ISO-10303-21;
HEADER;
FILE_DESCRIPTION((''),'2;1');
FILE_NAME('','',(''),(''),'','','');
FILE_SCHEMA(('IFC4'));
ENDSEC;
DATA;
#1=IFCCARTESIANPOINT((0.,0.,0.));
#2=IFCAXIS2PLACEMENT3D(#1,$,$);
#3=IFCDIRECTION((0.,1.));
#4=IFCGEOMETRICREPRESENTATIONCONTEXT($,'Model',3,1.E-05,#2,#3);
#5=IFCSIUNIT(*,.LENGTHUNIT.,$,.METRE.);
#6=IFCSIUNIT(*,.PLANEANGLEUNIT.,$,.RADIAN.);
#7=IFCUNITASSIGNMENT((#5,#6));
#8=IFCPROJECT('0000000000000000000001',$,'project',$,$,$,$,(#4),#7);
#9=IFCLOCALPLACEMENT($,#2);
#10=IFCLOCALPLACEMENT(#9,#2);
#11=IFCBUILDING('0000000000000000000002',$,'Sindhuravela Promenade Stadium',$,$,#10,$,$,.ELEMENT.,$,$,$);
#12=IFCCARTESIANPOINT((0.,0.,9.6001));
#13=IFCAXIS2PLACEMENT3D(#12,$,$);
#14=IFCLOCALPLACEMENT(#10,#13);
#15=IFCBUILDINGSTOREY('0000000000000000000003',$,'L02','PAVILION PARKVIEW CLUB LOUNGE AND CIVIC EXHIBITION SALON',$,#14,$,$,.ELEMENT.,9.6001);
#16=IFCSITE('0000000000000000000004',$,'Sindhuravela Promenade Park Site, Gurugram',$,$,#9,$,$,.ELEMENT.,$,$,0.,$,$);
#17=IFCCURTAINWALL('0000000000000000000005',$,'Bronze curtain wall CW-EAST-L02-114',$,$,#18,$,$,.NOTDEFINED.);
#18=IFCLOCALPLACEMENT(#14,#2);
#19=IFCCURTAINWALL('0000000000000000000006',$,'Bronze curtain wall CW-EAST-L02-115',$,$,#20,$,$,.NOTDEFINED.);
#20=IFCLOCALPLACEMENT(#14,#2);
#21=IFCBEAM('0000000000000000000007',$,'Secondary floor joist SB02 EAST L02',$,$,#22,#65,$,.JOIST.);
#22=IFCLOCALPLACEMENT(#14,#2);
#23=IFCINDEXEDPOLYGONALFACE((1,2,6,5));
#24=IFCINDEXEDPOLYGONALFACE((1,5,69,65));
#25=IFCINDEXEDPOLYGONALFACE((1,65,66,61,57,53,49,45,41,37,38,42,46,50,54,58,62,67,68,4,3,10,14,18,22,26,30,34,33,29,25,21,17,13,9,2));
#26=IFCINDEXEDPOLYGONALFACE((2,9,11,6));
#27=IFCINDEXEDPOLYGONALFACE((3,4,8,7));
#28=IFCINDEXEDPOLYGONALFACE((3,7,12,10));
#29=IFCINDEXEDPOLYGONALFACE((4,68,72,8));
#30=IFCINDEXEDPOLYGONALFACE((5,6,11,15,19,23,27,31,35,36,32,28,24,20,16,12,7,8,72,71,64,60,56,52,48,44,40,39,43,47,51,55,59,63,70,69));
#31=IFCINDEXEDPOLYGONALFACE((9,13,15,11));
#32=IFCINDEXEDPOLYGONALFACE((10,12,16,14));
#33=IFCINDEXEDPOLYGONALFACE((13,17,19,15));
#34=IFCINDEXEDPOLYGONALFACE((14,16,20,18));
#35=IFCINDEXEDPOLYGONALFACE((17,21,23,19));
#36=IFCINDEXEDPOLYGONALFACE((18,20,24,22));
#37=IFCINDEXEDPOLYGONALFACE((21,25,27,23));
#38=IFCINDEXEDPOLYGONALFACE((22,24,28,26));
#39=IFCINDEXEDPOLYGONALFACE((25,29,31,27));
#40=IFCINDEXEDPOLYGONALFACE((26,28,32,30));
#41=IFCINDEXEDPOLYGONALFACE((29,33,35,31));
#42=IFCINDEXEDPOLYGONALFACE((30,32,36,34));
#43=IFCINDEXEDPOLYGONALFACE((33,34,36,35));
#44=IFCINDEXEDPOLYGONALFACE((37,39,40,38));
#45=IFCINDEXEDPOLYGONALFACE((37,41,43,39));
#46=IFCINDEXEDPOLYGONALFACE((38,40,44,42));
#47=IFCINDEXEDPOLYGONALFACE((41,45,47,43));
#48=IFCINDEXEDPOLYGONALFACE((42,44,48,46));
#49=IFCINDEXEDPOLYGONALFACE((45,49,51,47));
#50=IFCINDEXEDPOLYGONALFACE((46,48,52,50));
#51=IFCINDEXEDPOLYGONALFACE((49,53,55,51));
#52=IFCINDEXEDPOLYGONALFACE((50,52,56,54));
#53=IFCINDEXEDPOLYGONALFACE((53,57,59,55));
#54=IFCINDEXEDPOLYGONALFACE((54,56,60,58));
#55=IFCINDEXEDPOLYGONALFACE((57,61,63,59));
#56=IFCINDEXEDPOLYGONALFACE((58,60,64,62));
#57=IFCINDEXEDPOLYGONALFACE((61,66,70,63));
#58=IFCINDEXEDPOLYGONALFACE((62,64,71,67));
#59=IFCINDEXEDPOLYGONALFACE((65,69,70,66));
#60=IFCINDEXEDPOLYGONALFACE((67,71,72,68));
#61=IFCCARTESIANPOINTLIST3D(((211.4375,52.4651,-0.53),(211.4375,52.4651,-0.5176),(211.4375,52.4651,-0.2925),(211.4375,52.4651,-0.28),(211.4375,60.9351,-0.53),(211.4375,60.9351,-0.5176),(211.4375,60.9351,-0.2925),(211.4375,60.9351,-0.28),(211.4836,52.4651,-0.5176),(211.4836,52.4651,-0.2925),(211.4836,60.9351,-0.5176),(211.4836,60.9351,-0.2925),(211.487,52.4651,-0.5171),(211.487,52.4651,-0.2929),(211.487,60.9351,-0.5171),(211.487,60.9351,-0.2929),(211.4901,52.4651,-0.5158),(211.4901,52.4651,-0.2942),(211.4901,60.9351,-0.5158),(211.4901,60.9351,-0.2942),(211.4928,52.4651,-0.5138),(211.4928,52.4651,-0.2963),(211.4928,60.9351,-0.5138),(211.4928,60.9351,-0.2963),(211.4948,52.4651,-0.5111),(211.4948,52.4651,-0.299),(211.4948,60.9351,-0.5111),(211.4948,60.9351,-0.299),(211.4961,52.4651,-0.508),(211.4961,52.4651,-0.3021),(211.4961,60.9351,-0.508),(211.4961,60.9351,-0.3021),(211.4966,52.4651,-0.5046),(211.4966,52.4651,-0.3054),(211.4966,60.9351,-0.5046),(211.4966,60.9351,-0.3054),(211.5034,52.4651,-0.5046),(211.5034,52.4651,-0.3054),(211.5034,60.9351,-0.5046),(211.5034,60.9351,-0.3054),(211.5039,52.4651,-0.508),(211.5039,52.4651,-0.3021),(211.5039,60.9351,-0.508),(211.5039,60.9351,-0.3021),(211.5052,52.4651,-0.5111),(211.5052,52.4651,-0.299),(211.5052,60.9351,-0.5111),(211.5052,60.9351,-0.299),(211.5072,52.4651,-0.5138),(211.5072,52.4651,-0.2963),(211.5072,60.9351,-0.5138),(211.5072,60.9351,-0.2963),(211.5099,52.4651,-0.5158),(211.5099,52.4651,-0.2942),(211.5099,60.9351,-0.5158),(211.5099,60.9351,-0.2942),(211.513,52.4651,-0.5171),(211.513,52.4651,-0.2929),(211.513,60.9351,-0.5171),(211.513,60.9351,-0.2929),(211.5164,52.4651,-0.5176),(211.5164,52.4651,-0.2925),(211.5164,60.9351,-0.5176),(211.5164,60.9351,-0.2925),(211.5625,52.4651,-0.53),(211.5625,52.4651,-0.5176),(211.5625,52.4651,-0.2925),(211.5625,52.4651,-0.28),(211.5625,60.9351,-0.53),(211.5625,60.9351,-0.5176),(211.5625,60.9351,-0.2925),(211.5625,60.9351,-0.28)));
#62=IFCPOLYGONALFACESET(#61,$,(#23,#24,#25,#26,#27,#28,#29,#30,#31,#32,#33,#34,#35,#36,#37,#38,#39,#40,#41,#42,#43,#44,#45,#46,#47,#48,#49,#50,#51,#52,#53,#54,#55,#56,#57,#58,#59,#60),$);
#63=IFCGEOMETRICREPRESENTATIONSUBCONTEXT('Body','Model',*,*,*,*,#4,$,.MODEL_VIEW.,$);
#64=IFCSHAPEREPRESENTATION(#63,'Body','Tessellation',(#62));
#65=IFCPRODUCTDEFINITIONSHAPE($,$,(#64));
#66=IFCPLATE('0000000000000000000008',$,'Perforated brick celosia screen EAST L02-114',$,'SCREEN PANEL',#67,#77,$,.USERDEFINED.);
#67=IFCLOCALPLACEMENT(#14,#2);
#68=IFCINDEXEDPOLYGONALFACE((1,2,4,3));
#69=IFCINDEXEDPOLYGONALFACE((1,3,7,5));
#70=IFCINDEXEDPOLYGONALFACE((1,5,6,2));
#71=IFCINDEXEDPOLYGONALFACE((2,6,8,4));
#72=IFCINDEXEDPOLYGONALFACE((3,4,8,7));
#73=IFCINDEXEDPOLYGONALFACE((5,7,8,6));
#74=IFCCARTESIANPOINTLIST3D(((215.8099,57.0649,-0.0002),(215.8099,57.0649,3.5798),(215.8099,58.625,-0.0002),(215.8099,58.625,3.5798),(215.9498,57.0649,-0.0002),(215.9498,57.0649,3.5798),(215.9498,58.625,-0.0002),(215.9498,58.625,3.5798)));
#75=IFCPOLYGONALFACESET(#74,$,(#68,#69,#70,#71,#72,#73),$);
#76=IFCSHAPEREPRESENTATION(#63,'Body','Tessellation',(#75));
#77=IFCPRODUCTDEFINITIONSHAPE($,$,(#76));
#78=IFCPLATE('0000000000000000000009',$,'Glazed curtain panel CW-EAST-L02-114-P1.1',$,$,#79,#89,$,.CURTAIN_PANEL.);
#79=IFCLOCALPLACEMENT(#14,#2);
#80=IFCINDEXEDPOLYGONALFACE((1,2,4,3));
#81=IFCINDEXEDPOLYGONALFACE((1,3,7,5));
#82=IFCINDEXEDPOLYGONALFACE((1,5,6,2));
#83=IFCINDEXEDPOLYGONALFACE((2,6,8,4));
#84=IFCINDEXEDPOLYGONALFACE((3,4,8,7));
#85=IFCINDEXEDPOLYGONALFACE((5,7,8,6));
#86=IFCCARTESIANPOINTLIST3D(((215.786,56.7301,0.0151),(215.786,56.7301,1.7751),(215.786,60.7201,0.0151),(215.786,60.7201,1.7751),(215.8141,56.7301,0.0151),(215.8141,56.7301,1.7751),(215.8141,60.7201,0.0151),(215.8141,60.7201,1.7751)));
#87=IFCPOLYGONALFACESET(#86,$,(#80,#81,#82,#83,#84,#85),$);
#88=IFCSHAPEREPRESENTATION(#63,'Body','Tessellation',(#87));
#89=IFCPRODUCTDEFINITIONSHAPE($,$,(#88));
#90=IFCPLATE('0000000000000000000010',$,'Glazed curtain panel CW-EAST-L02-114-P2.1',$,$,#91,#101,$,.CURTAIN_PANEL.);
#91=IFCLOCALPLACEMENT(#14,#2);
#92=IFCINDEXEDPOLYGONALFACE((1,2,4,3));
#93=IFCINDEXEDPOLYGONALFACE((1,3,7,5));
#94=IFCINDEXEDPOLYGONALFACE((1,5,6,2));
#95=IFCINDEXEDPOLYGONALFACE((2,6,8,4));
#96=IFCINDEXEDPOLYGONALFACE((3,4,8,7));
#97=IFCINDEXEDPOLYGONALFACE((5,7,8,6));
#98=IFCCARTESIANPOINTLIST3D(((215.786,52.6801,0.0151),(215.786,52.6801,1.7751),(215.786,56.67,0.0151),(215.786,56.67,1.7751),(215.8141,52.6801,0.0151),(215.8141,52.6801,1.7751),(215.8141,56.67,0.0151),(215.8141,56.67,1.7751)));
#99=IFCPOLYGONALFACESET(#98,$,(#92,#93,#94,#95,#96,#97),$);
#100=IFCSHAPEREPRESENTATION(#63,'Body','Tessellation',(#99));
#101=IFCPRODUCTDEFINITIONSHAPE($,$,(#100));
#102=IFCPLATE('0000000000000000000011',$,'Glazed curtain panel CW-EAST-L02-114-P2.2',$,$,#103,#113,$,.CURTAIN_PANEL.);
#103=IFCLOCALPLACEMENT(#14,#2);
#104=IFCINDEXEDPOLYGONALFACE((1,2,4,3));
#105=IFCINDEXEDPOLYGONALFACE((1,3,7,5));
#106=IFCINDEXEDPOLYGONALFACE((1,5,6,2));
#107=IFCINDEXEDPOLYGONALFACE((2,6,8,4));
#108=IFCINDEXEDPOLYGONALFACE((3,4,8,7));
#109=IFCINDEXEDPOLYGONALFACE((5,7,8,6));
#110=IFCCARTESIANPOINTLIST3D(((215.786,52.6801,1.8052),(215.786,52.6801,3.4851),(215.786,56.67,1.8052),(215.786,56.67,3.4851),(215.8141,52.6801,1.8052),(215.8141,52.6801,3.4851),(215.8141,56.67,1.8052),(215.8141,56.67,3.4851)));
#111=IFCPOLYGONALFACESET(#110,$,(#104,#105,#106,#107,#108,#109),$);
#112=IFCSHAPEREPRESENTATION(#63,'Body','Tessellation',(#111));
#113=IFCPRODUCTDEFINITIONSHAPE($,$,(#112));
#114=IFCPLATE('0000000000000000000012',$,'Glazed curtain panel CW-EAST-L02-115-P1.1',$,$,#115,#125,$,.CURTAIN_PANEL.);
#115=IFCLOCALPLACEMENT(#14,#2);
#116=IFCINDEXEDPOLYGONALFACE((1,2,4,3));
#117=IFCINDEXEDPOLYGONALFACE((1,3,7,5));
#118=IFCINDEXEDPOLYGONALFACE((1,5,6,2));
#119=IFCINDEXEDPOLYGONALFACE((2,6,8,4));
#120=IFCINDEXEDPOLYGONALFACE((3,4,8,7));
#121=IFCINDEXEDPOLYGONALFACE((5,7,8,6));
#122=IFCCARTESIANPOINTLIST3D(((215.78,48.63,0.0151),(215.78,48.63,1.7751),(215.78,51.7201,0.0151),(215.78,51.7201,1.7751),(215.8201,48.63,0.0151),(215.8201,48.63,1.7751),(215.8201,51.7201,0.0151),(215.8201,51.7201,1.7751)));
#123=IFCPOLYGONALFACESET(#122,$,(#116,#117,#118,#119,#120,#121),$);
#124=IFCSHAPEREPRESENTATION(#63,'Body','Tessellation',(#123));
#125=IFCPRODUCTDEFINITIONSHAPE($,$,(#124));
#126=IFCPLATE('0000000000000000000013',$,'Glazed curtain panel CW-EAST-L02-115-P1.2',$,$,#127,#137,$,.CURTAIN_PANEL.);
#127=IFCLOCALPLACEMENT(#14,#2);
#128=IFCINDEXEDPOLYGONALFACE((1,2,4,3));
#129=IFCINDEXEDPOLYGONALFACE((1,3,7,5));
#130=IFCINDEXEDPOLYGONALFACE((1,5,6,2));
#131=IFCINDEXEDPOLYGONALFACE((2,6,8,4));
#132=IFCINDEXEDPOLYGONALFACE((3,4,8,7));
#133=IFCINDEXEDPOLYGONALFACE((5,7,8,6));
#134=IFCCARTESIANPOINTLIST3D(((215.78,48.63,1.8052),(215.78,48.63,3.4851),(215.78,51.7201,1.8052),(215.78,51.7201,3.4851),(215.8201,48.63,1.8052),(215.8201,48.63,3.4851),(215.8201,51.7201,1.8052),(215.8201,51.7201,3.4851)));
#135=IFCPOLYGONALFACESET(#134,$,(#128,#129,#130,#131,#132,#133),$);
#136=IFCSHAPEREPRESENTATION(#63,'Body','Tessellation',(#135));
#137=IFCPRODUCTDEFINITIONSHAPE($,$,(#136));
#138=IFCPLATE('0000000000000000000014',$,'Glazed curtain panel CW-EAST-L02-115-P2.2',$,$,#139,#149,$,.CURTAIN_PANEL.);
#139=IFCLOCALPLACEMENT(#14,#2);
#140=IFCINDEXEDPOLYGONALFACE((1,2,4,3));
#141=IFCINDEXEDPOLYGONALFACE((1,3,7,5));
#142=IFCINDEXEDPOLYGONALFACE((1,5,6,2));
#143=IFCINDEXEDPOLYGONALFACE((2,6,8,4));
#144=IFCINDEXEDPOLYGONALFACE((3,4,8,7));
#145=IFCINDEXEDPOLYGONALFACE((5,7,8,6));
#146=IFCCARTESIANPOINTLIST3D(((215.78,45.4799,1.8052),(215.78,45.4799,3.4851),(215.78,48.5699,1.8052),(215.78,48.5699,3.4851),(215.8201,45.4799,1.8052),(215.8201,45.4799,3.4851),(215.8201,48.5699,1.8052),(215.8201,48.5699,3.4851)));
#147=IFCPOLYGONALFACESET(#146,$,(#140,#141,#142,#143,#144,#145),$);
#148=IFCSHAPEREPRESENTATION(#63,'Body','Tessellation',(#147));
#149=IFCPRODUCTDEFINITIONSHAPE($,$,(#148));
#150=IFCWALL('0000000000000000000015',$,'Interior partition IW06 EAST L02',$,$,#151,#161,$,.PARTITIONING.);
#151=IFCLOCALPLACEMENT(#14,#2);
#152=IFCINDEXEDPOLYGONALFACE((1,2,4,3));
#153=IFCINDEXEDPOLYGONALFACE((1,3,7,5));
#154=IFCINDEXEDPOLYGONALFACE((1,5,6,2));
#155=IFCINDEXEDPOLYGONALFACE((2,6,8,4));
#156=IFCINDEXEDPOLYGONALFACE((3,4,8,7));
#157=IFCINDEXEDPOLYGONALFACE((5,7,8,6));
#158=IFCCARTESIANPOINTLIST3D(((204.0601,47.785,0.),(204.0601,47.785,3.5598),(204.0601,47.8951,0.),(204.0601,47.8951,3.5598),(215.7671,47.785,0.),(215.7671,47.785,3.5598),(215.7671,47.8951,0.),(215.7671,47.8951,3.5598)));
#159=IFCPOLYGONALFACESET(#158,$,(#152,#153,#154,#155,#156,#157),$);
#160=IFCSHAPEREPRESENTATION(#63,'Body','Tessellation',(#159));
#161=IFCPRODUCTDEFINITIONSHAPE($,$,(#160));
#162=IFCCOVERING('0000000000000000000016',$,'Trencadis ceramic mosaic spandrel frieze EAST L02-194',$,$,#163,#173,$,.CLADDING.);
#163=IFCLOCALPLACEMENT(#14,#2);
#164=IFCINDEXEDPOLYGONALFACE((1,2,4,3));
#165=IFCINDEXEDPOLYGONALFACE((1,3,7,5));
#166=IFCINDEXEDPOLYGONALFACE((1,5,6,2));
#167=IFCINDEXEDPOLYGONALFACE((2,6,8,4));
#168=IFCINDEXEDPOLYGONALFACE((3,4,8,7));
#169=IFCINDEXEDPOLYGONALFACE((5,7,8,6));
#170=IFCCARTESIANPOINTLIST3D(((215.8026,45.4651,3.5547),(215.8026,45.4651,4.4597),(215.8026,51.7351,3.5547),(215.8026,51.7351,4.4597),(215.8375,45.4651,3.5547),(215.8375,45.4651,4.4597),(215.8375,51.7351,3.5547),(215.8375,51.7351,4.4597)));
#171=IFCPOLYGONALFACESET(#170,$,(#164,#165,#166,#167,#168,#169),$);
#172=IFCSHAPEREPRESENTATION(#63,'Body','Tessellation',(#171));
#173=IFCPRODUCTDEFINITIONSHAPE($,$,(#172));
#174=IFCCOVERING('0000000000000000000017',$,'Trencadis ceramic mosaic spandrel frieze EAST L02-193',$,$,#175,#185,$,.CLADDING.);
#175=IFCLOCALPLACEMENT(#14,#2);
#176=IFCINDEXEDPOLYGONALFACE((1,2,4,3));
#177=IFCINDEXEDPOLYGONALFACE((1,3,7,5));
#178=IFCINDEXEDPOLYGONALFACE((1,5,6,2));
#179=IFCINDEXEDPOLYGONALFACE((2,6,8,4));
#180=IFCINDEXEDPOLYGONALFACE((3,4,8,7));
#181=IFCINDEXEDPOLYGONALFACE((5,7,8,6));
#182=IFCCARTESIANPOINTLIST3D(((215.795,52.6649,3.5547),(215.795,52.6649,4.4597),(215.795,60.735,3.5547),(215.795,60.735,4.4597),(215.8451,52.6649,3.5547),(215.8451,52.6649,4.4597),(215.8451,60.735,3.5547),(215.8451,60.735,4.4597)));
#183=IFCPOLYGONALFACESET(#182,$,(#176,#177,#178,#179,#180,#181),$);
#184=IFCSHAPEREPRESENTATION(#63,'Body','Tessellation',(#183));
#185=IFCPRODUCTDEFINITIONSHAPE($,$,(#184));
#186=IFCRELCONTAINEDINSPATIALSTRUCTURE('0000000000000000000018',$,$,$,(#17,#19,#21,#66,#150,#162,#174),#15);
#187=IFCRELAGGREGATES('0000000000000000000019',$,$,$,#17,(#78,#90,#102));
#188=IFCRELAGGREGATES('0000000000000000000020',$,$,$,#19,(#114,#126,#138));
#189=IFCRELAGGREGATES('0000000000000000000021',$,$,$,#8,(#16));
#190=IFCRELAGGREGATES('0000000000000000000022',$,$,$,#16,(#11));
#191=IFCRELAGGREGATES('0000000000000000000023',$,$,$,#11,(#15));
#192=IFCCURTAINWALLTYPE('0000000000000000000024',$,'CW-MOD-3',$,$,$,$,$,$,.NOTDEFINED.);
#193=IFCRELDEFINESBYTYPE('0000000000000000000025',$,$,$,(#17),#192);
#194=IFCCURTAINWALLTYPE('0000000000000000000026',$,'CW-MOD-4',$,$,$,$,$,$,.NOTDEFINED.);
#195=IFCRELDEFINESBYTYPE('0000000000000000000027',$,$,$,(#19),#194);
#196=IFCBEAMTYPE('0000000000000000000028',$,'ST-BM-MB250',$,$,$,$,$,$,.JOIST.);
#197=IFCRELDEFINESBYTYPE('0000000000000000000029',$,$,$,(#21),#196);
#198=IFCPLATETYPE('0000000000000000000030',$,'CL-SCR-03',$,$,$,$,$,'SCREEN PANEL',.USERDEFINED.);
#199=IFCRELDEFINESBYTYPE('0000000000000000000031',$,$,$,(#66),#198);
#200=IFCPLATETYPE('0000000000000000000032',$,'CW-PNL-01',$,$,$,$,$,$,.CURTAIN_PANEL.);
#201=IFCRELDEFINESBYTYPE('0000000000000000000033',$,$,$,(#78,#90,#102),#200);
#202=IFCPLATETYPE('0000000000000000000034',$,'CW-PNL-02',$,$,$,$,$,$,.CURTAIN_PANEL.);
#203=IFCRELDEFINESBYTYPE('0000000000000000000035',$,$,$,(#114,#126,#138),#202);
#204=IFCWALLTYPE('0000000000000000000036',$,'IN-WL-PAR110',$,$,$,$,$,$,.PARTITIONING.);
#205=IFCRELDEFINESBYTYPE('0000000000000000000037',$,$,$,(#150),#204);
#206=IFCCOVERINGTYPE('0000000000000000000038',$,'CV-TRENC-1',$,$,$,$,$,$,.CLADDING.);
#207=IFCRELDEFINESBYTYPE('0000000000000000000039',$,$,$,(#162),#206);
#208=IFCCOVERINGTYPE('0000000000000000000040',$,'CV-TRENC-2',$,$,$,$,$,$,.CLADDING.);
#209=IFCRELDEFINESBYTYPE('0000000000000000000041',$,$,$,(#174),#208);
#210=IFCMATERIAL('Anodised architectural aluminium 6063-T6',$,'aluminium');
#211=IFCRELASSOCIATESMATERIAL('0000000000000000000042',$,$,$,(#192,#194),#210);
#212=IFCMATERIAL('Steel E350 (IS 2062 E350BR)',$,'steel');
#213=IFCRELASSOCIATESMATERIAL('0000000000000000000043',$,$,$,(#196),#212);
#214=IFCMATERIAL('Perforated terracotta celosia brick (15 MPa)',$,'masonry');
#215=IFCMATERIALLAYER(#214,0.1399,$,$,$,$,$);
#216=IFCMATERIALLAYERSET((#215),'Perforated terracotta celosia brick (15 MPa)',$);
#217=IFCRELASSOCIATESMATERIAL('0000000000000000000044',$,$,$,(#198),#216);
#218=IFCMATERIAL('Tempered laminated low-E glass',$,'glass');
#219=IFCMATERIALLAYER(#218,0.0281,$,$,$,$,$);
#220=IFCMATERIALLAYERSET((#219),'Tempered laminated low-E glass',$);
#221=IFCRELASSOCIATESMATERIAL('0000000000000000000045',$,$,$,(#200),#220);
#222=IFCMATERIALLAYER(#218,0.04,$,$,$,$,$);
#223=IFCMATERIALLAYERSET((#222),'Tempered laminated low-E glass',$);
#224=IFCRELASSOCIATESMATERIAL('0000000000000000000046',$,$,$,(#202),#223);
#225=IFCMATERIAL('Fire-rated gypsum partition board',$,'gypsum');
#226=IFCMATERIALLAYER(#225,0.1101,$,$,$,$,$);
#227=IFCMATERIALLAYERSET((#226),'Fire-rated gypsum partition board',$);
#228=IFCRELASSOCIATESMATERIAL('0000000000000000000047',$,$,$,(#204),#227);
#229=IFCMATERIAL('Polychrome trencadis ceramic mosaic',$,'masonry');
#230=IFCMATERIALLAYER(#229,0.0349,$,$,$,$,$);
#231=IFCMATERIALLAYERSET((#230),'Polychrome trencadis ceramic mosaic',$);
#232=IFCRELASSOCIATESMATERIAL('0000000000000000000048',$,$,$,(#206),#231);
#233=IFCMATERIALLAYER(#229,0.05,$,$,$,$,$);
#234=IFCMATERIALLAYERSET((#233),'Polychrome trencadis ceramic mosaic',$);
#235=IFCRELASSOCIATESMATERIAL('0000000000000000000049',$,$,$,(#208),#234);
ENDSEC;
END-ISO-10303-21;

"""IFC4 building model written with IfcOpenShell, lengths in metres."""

from ifc_helpers import new_model, si_unit, direction, frame, frame_2d, origin, origin_2d, place, context, subcontext, project, spatial, rectangle, i_section, extrude, material, layer, layer_set, material_profile, profile_set, type_object, element, aggregate, save


model = new_model("IFC4")

# Units and contexts
model_context = context("Model", 3, precision=1e-05, world=origin(), true_north=direction((0.0, 1.0)))
body_context = subcontext(model_context, "Body", "Model", "MODEL_VIEW")
ifc_project = project(units=[si_unit("LENGTHUNIT", "METRE"), si_unit("PLANEANGLEUNIT", "RADIAN")], contexts=[model_context])

# Site, building, storey
site_placement = place(None, origin())
site = spatial("IfcSite", under=ifc_project, at=site_placement, Name="Sindhuravela Promenade Park Site, Gurugram", CompositionType="ELEMENT", RefElevation=0.0)
building_placement = place(site_placement, origin())
building = spatial("IfcBuilding", under=site, at=building_placement, Name="Sindhuravela Promenade Stadium", CompositionType="ELEMENT")
storey_placement = place(building_placement, frame((0.0, 0.0, 9.6001)))
storey = spatial("IfcBuildingStorey", under=building, at=storey_placement, Name="L02", Description="PAVILION PARKVIEW CLUB LOUNGE AND CIVIC EXHIBITION SALON", CompositionType="ELEMENT", Elevation=9.6001)

# Curtain walls
ifc_material_1 = material(Name="Anodised architectural aluminium 6063-T6", Category="aluminium")
curtain_wall_type_1 = type_object("IfcCurtainWallType", Name="CW-MOD-3", PredefinedType="NOTDEFINED", material=ifc_material_1)
curtain_wall_1_placement = place(storey_placement, origin())
curtain_wall_1 = element("IfcCurtainWall", 1, at=curtain_wall_1_placement, inside=storey, type_object=curtain_wall_type_1, Name="Bronze curtain wall CW-EAST-L02-114", PredefinedType="NOTDEFINED")
curtain_wall_type_2 = type_object("IfcCurtainWallType", Name="CW-MOD-4", PredefinedType="NOTDEFINED", material=ifc_material_1)
curtain_wall_2_placement = place(storey_placement, origin())
curtain_wall_2 = element("IfcCurtainWall", 2, at=curtain_wall_2_placement, inside=storey, type_object=curtain_wall_type_2, Name="Bronze curtain wall CW-EAST-L02-115", PredefinedType="NOTDEFINED")

# Beam
ifc_material_2 = material(Name="Steel E350 (IS 2062 E350BR)", Category="steel")
ifc_material_profile_1 = material_profile(ifc_material_2, i_section(OverallWidth=0.125, OverallDepth=0.25, WebThickness=0.0068, FlangeThickness=0.0125, FilletRadius=0.0129, at=origin_2d()), Name="ISMB 250")
ifc_profile_set_1 = profile_set([ifc_material_profile_1], Name="Steel E350 (IS 2062 E350BR)")
beam_type_1 = type_object("IfcBeamType", Name="ST-BM-MB250", PredefinedType="JOIST", material=ifc_profile_set_1)
beam_1_placement = place(storey_placement, frame((211.5, 52.4651, -0.405), z_axis=(0.0, 1.0, 0.0), x_axis=(-1.0, 0.0, 0.0)))
element("IfcBeam", 3, at=beam_1_placement, inside=storey, type_object=beam_type_1, Name="Secondary floor joist SB02 EAST L02", PredefinedType="JOIST", context=body_context, shape_type="SweptSolid", body=[
    extrude(i_section(OverallWidth=0.125, OverallDepth=0.25, WebThickness=0.0068, FlangeThickness=0.0125, FilletRadius=0.0129, at=origin_2d()), origin(), (0.0, 0.0, 1.0), 8.47),
])

# Plates
ifc_material_3 = material(Name="Perforated terracotta celosia brick (15 MPa)", Category="masonry")
ifc_layer_1 = layer(ifc_material_3, 0.1399)
ifc_layer_set_1 = layer_set([ifc_layer_1], Name="Perforated terracotta celosia brick (15 MPa)")
plate_type_1 = type_object("IfcPlateType", Name="CL-SCR-03", ElementType="SCREEN PANEL", PredefinedType="USERDEFINED", material=ifc_layer_set_1)
plate_1_placement = place(storey_placement, frame((215.8799, 57.845, -0.0002), z_axis=(0.0, 0.0, 1.0), x_axis=(0.0, -1.0, 0.0)))
element("IfcPlate", 4, at=plate_1_placement, inside=storey, type_object=plate_type_1, Name="Perforated brick celosia screen EAST L02-114", ObjectType="SCREEN PANEL", PredefinedType="USERDEFINED", context=body_context, shape_type="SweptSolid", body=[
    extrude(rectangle(XDim=1.5601, YDim=0.1399, at=origin_2d()), origin(), (0.0, 0.0, 1.0), 3.5801),
])
ifc_material_4 = material(Name="Tempered laminated low-E glass", Category="glass")
ifc_layer_2 = layer(ifc_material_4, 0.0281)
ifc_layer_set_2 = layer_set([ifc_layer_2], Name="Tempered laminated low-E glass")
plate_type_2 = type_object("IfcPlateType", Name="CW-PNL-01", PredefinedType="CURTAIN_PANEL", material=ifc_layer_set_2)
plate_2_placement = place(storey_placement, frame((215.8, 58.7251, 0.0151), z_axis=(0.0, 0.0, 1.0), x_axis=(0.0, -1.0, 0.0)))
plate_2 = element("IfcPlate", 5, at=plate_2_placement, type_object=plate_type_2, Name="Glazed curtain panel CW-EAST-L02-114-P1.1", PredefinedType="CURTAIN_PANEL", context=body_context, shape_type="SweptSolid", body=[
    extrude(rectangle(XDim=3.99, YDim=0.0281, at=origin_2d()), origin(), (0.0, 0.0, 1.0), 1.76),
])
plate_3_placement = place(storey_placement, frame((215.8, 54.675, 0.0151), z_axis=(0.0, 0.0, 1.0), x_axis=(0.0, -1.0, 0.0)))
plate_3 = element("IfcPlate", 6, at=plate_3_placement, type_object=plate_type_2, Name="Glazed curtain panel CW-EAST-L02-114-P2.1", PredefinedType="CURTAIN_PANEL", context=body_context, shape_type="SweptSolid", body=[
    extrude(rectangle(XDim=3.99, YDim=0.0281, at=origin_2d()), origin(), (0.0, 0.0, 1.0), 1.76),
])
plate_4_placement = place(storey_placement, frame((215.8, 54.675, 1.8052), z_axis=(0.0, 0.0, 1.0), x_axis=(0.0, -1.0, 0.0)))
plate_4 = element("IfcPlate", 7, at=plate_4_placement, type_object=plate_type_2, Name="Glazed curtain panel CW-EAST-L02-114-P2.2", PredefinedType="CURTAIN_PANEL", context=body_context, shape_type="SweptSolid", body=[
    extrude(rectangle(XDim=3.99, YDim=0.0281, at=origin_2d()), origin(), (0.0, 0.0, 1.0), 1.6799),
])
aggregate(curtain_wall_1, [plate_2, plate_3, plate_4])
ifc_layer_3 = layer(ifc_material_4, 0.04)
ifc_layer_set_3 = layer_set([ifc_layer_3], Name="Tempered laminated low-E glass")
plate_type_3 = type_object("IfcPlateType", Name="CW-PNL-02", PredefinedType="CURTAIN_PANEL", material=ifc_layer_set_3)
plate_5_placement = place(storey_placement, frame((215.8, 50.175, 0.0151), z_axis=(0.0, 0.0, 1.0), x_axis=(0.0, -1.0, 0.0)))
plate_5 = element("IfcPlate", 8, at=plate_5_placement, type_object=plate_type_3, Name="Glazed curtain panel CW-EAST-L02-115-P1.1", PredefinedType="CURTAIN_PANEL", context=body_context, shape_type="SweptSolid", body=[
    extrude(rectangle(XDim=3.0901, YDim=0.04, at=origin_2d()), origin(), (0.0, 0.0, 1.0), 1.76),
])
plate_6_placement = place(storey_placement, frame((215.8, 50.175, 1.8052), z_axis=(0.0, 0.0, 1.0), x_axis=(0.0, -1.0, 0.0)))
plate_6 = element("IfcPlate", 9, at=plate_6_placement, type_object=plate_type_3, Name="Glazed curtain panel CW-EAST-L02-115-P1.2", PredefinedType="CURTAIN_PANEL", context=body_context, shape_type="SweptSolid", body=[
    extrude(rectangle(XDim=3.0901, YDim=0.04, at=origin_2d()), origin(), (0.0, 0.0, 1.0), 1.6799),
])
plate_7_placement = place(storey_placement, frame((215.8, 47.0249, 1.8052), z_axis=(0.0, 0.0, 1.0), x_axis=(0.0, -1.0, 0.0)))
plate_7 = element("IfcPlate", 10, at=plate_7_placement, type_object=plate_type_3, Name="Glazed curtain panel CW-EAST-L02-115-P2.2", PredefinedType="CURTAIN_PANEL", context=body_context, shape_type="SweptSolid", body=[
    extrude(rectangle(XDim=3.0901, YDim=0.04, at=origin_2d()), origin(), (0.0, 0.0, 1.0), 1.6799),
])
aggregate(curtain_wall_2, [plate_5, plate_6, plate_7])

# Wall
ifc_material_5 = material(Name="Fire-rated gypsum partition board", Category="gypsum")
ifc_layer_4 = layer(ifc_material_5, 0.1101)
ifc_layer_set_4 = layer_set([ifc_layer_4], Name="Fire-rated gypsum partition board")
wall_type = type_object("IfcWallType", Name="IN-WL-PAR110", PredefinedType="PARTITIONING", material=ifc_layer_set_4)
wall_placement = place(storey_placement, frame((215.7671, 47.8401, 0.0), z_axis=(0.0, 0.0, 1.0), x_axis=(-1.0, 0.0, 0.0)))
element("IfcWall", 11, at=wall_placement, inside=storey, type_object=wall_type, Name="Interior partition IW06 EAST L02", PredefinedType="PARTITIONING", context=body_context, shape_type="SweptSolid", body=[
    extrude(rectangle(XDim=11.707, YDim=0.1101, at=frame_2d((5.8535, 0.0))), origin(), (0.0, 0.0, 1.0), 3.5598),
])

# Coverings
ifc_material_6 = material(Name="Polychrome trencadis ceramic mosaic", Category="masonry")
ifc_layer_5 = layer(ifc_material_6, 0.0349)
ifc_layer_set_5 = layer_set([ifc_layer_5], Name="Polychrome trencadis ceramic mosaic")
covering_type_1 = type_object("IfcCoveringType", Name="CV-TRENC-1", PredefinedType="CLADDING", material=ifc_layer_set_5)
covering_1_placement = place(storey_placement, frame((215.8201, 48.6001, 3.5547), z_axis=(0.0, 0.0, 1.0), x_axis=(0.0, -1.0, 0.0)))
element("IfcCovering", 12, at=covering_1_placement, inside=storey, type_object=covering_type_1, Name="Trencadis ceramic mosaic spandrel frieze EAST L02-194", PredefinedType="CLADDING", context=body_context, shape_type="SweptSolid", body=[
    extrude(rectangle(XDim=6.27, YDim=0.0349, at=origin_2d()), origin(), (0.0, 0.0, 1.0), 0.905),
])
ifc_layer_6 = layer(ifc_material_6, 0.05)
ifc_layer_set_6 = layer_set([ifc_layer_6], Name="Polychrome trencadis ceramic mosaic")
covering_type_2 = type_object("IfcCoveringType", Name="CV-TRENC-2", PredefinedType="CLADDING", material=ifc_layer_set_6)
covering_2_placement = place(storey_placement, frame((215.8201, 56.7, 3.5547), z_axis=(0.0, 0.0, 1.0), x_axis=(0.0, -1.0, 0.0)))
element("IfcCovering", 13, at=covering_2_placement, inside=storey, type_object=covering_type_2, Name="Trencadis ceramic mosaic spandrel frieze EAST L02-193", PredefinedType="CLADDING", context=body_context, shape_type="SweptSolid", body=[
    extrude(rectangle(XDim=8.0701, YDim=0.05, at=origin_2d()), origin(), (0.0, 0.0, 1.0), 0.905),
])

save(model, "model.ifc")
